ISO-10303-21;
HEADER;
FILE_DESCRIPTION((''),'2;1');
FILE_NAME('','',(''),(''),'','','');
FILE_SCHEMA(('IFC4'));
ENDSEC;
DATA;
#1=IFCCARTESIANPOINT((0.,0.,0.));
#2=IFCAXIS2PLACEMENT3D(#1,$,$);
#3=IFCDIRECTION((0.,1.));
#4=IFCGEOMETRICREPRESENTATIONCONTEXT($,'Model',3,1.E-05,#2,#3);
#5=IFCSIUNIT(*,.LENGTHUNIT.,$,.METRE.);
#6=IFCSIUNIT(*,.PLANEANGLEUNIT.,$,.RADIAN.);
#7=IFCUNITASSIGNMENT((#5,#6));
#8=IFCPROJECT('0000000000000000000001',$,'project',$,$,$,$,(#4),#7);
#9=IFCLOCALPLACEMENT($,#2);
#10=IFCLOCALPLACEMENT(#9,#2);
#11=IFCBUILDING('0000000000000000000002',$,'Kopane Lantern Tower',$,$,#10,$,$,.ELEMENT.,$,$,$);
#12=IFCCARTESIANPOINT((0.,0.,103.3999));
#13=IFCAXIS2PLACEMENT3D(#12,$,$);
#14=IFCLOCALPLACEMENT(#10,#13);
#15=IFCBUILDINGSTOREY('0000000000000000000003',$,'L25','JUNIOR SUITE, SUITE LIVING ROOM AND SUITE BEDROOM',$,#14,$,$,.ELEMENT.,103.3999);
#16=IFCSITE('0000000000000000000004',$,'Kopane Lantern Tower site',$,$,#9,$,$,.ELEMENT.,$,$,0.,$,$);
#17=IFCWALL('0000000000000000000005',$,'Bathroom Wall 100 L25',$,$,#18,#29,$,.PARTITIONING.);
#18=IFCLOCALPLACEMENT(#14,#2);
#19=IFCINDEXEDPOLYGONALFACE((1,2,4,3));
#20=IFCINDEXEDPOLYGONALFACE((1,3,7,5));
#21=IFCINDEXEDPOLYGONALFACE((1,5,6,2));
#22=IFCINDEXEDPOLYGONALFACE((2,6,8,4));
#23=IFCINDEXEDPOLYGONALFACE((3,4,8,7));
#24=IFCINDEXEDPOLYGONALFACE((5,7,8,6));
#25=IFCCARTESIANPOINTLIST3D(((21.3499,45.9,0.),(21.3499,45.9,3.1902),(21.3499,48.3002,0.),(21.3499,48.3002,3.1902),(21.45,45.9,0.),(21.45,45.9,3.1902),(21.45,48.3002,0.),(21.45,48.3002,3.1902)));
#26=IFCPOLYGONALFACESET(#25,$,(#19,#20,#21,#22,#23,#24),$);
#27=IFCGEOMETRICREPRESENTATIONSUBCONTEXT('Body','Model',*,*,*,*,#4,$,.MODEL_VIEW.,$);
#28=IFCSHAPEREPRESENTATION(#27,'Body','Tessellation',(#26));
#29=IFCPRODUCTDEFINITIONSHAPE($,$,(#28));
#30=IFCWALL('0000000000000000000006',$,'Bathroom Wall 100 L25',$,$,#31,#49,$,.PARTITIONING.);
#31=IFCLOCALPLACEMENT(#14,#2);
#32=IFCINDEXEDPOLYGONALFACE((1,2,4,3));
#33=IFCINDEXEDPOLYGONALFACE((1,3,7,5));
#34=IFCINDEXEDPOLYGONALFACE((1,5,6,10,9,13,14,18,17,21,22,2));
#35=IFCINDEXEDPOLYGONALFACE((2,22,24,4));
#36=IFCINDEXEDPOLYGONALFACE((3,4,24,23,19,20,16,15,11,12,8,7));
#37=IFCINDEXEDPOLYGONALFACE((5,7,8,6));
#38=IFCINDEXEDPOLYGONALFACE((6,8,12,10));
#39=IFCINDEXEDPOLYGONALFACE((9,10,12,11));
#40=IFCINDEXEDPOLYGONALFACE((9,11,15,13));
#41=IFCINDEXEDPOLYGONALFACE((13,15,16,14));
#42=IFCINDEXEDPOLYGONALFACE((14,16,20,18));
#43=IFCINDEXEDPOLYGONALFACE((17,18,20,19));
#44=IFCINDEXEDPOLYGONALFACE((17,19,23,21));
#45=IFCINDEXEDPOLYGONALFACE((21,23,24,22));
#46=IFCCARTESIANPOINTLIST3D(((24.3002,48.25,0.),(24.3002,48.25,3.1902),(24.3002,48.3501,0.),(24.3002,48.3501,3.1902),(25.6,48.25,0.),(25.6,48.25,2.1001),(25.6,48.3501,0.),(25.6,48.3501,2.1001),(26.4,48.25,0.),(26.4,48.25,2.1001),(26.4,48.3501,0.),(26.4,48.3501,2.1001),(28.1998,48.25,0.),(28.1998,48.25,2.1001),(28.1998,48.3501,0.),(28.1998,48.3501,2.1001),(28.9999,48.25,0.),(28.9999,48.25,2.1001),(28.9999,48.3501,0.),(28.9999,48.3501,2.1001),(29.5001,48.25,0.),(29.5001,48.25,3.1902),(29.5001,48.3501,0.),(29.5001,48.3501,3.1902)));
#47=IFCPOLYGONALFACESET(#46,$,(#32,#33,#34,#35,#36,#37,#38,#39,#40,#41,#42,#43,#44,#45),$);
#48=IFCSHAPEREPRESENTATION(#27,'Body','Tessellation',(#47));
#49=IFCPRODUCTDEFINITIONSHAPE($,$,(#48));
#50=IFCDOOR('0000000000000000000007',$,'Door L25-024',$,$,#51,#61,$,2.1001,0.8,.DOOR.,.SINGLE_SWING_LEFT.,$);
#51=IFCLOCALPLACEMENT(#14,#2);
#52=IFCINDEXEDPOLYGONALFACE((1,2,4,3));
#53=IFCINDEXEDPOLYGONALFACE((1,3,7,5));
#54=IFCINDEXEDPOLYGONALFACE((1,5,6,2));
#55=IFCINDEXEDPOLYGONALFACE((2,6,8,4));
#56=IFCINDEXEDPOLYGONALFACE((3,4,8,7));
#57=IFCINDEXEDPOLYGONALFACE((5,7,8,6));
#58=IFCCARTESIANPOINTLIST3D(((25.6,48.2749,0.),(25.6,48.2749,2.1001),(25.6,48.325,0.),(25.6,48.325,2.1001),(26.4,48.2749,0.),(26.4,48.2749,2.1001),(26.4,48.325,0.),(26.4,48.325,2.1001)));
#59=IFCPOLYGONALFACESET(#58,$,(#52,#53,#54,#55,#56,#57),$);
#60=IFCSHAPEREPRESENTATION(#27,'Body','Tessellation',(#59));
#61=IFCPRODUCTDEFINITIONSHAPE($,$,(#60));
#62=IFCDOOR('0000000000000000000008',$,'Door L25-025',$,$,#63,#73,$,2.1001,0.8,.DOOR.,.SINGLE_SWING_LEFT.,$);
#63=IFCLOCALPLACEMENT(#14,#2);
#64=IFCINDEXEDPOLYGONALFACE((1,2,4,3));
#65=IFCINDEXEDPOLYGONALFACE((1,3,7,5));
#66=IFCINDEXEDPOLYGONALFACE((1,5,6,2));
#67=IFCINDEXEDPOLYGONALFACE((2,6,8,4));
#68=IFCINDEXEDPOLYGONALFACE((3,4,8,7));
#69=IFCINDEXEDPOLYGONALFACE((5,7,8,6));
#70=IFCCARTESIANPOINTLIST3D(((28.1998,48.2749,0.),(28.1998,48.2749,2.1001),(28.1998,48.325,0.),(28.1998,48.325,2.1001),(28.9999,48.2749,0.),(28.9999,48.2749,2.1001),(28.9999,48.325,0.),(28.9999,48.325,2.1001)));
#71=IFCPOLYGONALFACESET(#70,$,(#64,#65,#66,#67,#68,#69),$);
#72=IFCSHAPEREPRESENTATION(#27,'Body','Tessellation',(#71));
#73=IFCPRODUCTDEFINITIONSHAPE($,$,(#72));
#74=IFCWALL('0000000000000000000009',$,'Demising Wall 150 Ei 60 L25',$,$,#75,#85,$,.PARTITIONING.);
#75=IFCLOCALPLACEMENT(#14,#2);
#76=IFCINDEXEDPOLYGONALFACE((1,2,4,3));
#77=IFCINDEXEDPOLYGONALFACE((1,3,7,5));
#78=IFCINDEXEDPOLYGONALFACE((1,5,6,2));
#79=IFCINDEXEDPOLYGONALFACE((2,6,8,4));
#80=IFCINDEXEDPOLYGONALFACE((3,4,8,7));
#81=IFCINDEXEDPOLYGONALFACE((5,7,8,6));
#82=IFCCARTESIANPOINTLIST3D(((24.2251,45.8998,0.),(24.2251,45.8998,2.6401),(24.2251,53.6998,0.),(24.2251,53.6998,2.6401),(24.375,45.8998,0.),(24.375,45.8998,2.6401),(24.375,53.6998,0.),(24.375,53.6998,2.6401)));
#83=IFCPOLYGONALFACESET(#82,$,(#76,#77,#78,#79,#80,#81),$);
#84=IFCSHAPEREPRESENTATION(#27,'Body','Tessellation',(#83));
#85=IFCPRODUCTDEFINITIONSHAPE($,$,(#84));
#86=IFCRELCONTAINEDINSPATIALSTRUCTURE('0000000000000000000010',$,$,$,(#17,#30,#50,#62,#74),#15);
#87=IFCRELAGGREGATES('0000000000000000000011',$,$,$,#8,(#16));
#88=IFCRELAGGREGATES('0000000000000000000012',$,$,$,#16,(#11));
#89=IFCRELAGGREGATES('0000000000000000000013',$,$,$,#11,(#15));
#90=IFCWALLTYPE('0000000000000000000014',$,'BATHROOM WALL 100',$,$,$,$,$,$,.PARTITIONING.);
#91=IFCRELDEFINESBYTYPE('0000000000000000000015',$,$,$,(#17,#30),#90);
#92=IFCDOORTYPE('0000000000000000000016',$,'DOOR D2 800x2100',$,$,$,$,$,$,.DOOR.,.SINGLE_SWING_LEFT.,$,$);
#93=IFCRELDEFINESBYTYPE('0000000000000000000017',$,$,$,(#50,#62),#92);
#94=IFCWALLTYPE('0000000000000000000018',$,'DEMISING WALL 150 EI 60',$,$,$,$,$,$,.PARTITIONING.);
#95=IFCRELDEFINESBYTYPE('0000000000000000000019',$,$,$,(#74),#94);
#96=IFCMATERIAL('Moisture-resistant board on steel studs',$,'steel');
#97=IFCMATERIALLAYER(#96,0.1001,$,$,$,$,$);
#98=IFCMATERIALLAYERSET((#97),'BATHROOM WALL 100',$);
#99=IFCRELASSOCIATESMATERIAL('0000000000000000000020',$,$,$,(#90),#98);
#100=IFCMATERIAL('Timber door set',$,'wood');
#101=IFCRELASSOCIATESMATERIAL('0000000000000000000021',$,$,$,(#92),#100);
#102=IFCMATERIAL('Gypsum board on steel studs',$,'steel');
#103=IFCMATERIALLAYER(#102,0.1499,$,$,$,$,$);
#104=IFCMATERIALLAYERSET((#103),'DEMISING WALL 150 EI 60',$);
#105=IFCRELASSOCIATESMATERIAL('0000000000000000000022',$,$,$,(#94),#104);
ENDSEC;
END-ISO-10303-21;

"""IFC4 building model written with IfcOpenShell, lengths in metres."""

from ifc_helpers import new_model, si_unit, direction, frame, frame_2d, origin, place, context, subcontext, project, spatial, rectangle, extrude, material, layer, layer_set, type_object, element, fill, save


model = new_model("IFC4")

# Units and contexts
model_context = context("Model", 3, precision=1e-05, world=origin(), true_north=direction((0.0, 1.0)))
body_context = subcontext(model_context, "Body", "Model", "MODEL_VIEW")
ifc_project = project(units=[si_unit("LENGTHUNIT", "METRE"), si_unit("PLANEANGLEUNIT", "RADIAN")], contexts=[model_context])

# Site, building, storey
site_placement = place(None, origin())
site = spatial("IfcSite", under=ifc_project, at=site_placement, Name="Kopane Lantern Tower site", CompositionType="ELEMENT", RefElevation=0.0)
building_placement = place(site_placement, origin())
building = spatial("IfcBuilding", under=site, at=building_placement, Name="Kopane Lantern Tower", CompositionType="ELEMENT")
storey_placement = place(building_placement, frame((0.0, 0.0, 103.3999)))
storey = spatial("IfcBuildingStorey", under=building, at=storey_placement, Name="L25", Description="JUNIOR SUITE, SUITE LIVING ROOM AND SUITE BEDROOM", CompositionType="ELEMENT", Elevation=103.3999)

# Shared definitions
ifc_material_1 = material(Name="Moisture-resistant board on steel studs", Category="steel")
ifc_layer_1 = layer(ifc_material_1, 0.1001)
ifc_layer_set_1 = layer_set([ifc_layer_1], Name="BATHROOM WALL 100")
wall_type_1 = type_object("IfcWallType", Name="BATHROOM WALL 100", PredefinedType="PARTITIONING", material=ifc_layer_set_1)
ifc_material_2 = material(Name="Timber door set", Category="wood")
door_type = type_object("IfcDoorType", Name="DOOR D2 800x2100", OperationType="SINGLE_SWING_LEFT", PredefinedType="DOOR", material=ifc_material_2)

# Wall
wall_1_placement = place(storey_placement, frame((21.3999, 45.8999, 0.0), z_axis=(0.0, 0.0, 1.0), x_axis=(0.0, 1.0, 0.0)))
element("IfcWall", 1, at=wall_1_placement, inside=storey, type_object=wall_type_1, Name="Bathroom Wall 100 L25", PredefinedType="PARTITIONING", context=body_context, shape_type="SweptSolid", body=[
    extrude(rectangle(XDim=2.4001, YDim=0.1001, at=frame_2d((1.2002, 0.0))), origin(), (0.0, 0.0, 1.0), 3.1902),
])

# Wall, openings, doors
wall_2_placement = place(storey_placement, frame((24.3, 48.3, 0.0), z_axis=(0.0, 0.0, 1.0), x_axis=(1.0, 0.0, 0.0)))
wall_2 = element("IfcWall", 2, at=wall_2_placement, inside=storey, type_object=wall_type_1, Name="Bathroom Wall 100 L25", PredefinedType="PARTITIONING", context=body_context, shape_type="SweptSolid", body=[
    extrude(rectangle(XDim=5.2, YDim=0.1001, at=frame_2d((2.6001, 0.0))), origin(), (0.0, 0.0, 1.0), 3.1902),
])
opening_1_placement = place(wall_2_placement, frame((1.3, 0.0, 0.0)))
opening_1 = element("IfcOpeningElement", 3, at=opening_1_placement, cuts=wall_2, PredefinedType="OPENING", context=body_context, shape_type="SweptSolid", body=[
    extrude(rectangle(XDim=0.8, YDim=2.1001, at=frame_2d((0.3999, 1.05))), frame((0.0, 0.0601, 0.0), z_axis=(0.0, -1.0, 0.0), x_axis=(1.0, 0.0, 0.0)), (0.0, 0.0, 1.0), 0.1201),
])
opening_2_placement = place(wall_2_placement, frame((3.8999, 0.0, 0.0)))
opening_2 = element("IfcOpeningElement", 4, at=opening_2_placement, cuts=wall_2, PredefinedType="OPENING", context=body_context, shape_type="SweptSolid", body=[
    extrude(rectangle(XDim=0.8, YDim=2.1001, at=frame_2d((0.3999, 1.05))), frame((0.0, 0.0601, 0.0), z_axis=(0.0, -1.0, 0.0), x_axis=(1.0, 0.0, 0.0)), (0.0, 0.0, 1.0), 0.1201),
])
door_1_placement = place(opening_1_placement, origin())
door_1 = element("IfcDoor", 5, at=door_1_placement, inside=storey, type_object=door_type, Name="Door L25-024", OperationType="SINGLE_SWING_LEFT", OverallHeight=2.1001, OverallWidth=0.8, PredefinedType="DOOR", context=body_context, shape_type="SweptSolid", body=[
    extrude(rectangle(XDim=0.8, YDim=2.1001, at=frame_2d((0.3999, 1.05))), frame((0.0, 0.0249, 0.0), z_axis=(0.0, -1.0, 0.0), x_axis=(1.0, 0.0, 0.0)), (0.0, 0.0, 1.0), 0.05),
])
fill(opening_1, door_1)
door_2_placement = place(opening_2_placement, origin())
door_2 = element("IfcDoor", 6, at=door_2_placement, inside=storey, type_object=door_type, Name="Door L25-025", OperationType="SINGLE_SWING_LEFT", OverallHeight=2.1001, OverallWidth=0.8, PredefinedType="DOOR", context=body_context, shape_type="SweptSolid", body=[
    extrude(rectangle(XDim=0.8, YDim=2.1001, at=frame_2d((0.3999, 1.05))), frame((0.0, 0.0249, 0.0), z_axis=(0.0, -1.0, 0.0), x_axis=(1.0, 0.0, 0.0)), (0.0, 0.0, 1.0), 0.05),
])
fill(opening_2, door_2)

# Wall
ifc_material_3 = material(Name="Gypsum board on steel studs", Category="steel")
ifc_layer_2 = layer(ifc_material_3, 0.1499)
ifc_layer_set_2 = layer_set([ifc_layer_2], Name="DEMISING WALL 150 EI 60")
wall_type_2 = type_object("IfcWallType", Name="DEMISING WALL 150 EI 60", PredefinedType="PARTITIONING", material=ifc_layer_set_2)
wall_3_placement = place(storey_placement, frame((24.3, 45.8999, 0.0), z_axis=(0.0, 0.0, 1.0), x_axis=(0.0, 1.0, 0.0)))
element("IfcWall", 7, at=wall_3_placement, inside=storey, type_object=wall_type_2, Name="Demising Wall 150 Ei 60 L25", PredefinedType="PARTITIONING", context=body_context, shape_type="SweptSolid", body=[
    extrude(rectangle(XDim=7.8, YDim=0.1499, at=frame_2d((3.8999, 0.0))), origin(), (0.0, 0.0, 1.0), 2.6401),
])

save(model, "model.ifc")
